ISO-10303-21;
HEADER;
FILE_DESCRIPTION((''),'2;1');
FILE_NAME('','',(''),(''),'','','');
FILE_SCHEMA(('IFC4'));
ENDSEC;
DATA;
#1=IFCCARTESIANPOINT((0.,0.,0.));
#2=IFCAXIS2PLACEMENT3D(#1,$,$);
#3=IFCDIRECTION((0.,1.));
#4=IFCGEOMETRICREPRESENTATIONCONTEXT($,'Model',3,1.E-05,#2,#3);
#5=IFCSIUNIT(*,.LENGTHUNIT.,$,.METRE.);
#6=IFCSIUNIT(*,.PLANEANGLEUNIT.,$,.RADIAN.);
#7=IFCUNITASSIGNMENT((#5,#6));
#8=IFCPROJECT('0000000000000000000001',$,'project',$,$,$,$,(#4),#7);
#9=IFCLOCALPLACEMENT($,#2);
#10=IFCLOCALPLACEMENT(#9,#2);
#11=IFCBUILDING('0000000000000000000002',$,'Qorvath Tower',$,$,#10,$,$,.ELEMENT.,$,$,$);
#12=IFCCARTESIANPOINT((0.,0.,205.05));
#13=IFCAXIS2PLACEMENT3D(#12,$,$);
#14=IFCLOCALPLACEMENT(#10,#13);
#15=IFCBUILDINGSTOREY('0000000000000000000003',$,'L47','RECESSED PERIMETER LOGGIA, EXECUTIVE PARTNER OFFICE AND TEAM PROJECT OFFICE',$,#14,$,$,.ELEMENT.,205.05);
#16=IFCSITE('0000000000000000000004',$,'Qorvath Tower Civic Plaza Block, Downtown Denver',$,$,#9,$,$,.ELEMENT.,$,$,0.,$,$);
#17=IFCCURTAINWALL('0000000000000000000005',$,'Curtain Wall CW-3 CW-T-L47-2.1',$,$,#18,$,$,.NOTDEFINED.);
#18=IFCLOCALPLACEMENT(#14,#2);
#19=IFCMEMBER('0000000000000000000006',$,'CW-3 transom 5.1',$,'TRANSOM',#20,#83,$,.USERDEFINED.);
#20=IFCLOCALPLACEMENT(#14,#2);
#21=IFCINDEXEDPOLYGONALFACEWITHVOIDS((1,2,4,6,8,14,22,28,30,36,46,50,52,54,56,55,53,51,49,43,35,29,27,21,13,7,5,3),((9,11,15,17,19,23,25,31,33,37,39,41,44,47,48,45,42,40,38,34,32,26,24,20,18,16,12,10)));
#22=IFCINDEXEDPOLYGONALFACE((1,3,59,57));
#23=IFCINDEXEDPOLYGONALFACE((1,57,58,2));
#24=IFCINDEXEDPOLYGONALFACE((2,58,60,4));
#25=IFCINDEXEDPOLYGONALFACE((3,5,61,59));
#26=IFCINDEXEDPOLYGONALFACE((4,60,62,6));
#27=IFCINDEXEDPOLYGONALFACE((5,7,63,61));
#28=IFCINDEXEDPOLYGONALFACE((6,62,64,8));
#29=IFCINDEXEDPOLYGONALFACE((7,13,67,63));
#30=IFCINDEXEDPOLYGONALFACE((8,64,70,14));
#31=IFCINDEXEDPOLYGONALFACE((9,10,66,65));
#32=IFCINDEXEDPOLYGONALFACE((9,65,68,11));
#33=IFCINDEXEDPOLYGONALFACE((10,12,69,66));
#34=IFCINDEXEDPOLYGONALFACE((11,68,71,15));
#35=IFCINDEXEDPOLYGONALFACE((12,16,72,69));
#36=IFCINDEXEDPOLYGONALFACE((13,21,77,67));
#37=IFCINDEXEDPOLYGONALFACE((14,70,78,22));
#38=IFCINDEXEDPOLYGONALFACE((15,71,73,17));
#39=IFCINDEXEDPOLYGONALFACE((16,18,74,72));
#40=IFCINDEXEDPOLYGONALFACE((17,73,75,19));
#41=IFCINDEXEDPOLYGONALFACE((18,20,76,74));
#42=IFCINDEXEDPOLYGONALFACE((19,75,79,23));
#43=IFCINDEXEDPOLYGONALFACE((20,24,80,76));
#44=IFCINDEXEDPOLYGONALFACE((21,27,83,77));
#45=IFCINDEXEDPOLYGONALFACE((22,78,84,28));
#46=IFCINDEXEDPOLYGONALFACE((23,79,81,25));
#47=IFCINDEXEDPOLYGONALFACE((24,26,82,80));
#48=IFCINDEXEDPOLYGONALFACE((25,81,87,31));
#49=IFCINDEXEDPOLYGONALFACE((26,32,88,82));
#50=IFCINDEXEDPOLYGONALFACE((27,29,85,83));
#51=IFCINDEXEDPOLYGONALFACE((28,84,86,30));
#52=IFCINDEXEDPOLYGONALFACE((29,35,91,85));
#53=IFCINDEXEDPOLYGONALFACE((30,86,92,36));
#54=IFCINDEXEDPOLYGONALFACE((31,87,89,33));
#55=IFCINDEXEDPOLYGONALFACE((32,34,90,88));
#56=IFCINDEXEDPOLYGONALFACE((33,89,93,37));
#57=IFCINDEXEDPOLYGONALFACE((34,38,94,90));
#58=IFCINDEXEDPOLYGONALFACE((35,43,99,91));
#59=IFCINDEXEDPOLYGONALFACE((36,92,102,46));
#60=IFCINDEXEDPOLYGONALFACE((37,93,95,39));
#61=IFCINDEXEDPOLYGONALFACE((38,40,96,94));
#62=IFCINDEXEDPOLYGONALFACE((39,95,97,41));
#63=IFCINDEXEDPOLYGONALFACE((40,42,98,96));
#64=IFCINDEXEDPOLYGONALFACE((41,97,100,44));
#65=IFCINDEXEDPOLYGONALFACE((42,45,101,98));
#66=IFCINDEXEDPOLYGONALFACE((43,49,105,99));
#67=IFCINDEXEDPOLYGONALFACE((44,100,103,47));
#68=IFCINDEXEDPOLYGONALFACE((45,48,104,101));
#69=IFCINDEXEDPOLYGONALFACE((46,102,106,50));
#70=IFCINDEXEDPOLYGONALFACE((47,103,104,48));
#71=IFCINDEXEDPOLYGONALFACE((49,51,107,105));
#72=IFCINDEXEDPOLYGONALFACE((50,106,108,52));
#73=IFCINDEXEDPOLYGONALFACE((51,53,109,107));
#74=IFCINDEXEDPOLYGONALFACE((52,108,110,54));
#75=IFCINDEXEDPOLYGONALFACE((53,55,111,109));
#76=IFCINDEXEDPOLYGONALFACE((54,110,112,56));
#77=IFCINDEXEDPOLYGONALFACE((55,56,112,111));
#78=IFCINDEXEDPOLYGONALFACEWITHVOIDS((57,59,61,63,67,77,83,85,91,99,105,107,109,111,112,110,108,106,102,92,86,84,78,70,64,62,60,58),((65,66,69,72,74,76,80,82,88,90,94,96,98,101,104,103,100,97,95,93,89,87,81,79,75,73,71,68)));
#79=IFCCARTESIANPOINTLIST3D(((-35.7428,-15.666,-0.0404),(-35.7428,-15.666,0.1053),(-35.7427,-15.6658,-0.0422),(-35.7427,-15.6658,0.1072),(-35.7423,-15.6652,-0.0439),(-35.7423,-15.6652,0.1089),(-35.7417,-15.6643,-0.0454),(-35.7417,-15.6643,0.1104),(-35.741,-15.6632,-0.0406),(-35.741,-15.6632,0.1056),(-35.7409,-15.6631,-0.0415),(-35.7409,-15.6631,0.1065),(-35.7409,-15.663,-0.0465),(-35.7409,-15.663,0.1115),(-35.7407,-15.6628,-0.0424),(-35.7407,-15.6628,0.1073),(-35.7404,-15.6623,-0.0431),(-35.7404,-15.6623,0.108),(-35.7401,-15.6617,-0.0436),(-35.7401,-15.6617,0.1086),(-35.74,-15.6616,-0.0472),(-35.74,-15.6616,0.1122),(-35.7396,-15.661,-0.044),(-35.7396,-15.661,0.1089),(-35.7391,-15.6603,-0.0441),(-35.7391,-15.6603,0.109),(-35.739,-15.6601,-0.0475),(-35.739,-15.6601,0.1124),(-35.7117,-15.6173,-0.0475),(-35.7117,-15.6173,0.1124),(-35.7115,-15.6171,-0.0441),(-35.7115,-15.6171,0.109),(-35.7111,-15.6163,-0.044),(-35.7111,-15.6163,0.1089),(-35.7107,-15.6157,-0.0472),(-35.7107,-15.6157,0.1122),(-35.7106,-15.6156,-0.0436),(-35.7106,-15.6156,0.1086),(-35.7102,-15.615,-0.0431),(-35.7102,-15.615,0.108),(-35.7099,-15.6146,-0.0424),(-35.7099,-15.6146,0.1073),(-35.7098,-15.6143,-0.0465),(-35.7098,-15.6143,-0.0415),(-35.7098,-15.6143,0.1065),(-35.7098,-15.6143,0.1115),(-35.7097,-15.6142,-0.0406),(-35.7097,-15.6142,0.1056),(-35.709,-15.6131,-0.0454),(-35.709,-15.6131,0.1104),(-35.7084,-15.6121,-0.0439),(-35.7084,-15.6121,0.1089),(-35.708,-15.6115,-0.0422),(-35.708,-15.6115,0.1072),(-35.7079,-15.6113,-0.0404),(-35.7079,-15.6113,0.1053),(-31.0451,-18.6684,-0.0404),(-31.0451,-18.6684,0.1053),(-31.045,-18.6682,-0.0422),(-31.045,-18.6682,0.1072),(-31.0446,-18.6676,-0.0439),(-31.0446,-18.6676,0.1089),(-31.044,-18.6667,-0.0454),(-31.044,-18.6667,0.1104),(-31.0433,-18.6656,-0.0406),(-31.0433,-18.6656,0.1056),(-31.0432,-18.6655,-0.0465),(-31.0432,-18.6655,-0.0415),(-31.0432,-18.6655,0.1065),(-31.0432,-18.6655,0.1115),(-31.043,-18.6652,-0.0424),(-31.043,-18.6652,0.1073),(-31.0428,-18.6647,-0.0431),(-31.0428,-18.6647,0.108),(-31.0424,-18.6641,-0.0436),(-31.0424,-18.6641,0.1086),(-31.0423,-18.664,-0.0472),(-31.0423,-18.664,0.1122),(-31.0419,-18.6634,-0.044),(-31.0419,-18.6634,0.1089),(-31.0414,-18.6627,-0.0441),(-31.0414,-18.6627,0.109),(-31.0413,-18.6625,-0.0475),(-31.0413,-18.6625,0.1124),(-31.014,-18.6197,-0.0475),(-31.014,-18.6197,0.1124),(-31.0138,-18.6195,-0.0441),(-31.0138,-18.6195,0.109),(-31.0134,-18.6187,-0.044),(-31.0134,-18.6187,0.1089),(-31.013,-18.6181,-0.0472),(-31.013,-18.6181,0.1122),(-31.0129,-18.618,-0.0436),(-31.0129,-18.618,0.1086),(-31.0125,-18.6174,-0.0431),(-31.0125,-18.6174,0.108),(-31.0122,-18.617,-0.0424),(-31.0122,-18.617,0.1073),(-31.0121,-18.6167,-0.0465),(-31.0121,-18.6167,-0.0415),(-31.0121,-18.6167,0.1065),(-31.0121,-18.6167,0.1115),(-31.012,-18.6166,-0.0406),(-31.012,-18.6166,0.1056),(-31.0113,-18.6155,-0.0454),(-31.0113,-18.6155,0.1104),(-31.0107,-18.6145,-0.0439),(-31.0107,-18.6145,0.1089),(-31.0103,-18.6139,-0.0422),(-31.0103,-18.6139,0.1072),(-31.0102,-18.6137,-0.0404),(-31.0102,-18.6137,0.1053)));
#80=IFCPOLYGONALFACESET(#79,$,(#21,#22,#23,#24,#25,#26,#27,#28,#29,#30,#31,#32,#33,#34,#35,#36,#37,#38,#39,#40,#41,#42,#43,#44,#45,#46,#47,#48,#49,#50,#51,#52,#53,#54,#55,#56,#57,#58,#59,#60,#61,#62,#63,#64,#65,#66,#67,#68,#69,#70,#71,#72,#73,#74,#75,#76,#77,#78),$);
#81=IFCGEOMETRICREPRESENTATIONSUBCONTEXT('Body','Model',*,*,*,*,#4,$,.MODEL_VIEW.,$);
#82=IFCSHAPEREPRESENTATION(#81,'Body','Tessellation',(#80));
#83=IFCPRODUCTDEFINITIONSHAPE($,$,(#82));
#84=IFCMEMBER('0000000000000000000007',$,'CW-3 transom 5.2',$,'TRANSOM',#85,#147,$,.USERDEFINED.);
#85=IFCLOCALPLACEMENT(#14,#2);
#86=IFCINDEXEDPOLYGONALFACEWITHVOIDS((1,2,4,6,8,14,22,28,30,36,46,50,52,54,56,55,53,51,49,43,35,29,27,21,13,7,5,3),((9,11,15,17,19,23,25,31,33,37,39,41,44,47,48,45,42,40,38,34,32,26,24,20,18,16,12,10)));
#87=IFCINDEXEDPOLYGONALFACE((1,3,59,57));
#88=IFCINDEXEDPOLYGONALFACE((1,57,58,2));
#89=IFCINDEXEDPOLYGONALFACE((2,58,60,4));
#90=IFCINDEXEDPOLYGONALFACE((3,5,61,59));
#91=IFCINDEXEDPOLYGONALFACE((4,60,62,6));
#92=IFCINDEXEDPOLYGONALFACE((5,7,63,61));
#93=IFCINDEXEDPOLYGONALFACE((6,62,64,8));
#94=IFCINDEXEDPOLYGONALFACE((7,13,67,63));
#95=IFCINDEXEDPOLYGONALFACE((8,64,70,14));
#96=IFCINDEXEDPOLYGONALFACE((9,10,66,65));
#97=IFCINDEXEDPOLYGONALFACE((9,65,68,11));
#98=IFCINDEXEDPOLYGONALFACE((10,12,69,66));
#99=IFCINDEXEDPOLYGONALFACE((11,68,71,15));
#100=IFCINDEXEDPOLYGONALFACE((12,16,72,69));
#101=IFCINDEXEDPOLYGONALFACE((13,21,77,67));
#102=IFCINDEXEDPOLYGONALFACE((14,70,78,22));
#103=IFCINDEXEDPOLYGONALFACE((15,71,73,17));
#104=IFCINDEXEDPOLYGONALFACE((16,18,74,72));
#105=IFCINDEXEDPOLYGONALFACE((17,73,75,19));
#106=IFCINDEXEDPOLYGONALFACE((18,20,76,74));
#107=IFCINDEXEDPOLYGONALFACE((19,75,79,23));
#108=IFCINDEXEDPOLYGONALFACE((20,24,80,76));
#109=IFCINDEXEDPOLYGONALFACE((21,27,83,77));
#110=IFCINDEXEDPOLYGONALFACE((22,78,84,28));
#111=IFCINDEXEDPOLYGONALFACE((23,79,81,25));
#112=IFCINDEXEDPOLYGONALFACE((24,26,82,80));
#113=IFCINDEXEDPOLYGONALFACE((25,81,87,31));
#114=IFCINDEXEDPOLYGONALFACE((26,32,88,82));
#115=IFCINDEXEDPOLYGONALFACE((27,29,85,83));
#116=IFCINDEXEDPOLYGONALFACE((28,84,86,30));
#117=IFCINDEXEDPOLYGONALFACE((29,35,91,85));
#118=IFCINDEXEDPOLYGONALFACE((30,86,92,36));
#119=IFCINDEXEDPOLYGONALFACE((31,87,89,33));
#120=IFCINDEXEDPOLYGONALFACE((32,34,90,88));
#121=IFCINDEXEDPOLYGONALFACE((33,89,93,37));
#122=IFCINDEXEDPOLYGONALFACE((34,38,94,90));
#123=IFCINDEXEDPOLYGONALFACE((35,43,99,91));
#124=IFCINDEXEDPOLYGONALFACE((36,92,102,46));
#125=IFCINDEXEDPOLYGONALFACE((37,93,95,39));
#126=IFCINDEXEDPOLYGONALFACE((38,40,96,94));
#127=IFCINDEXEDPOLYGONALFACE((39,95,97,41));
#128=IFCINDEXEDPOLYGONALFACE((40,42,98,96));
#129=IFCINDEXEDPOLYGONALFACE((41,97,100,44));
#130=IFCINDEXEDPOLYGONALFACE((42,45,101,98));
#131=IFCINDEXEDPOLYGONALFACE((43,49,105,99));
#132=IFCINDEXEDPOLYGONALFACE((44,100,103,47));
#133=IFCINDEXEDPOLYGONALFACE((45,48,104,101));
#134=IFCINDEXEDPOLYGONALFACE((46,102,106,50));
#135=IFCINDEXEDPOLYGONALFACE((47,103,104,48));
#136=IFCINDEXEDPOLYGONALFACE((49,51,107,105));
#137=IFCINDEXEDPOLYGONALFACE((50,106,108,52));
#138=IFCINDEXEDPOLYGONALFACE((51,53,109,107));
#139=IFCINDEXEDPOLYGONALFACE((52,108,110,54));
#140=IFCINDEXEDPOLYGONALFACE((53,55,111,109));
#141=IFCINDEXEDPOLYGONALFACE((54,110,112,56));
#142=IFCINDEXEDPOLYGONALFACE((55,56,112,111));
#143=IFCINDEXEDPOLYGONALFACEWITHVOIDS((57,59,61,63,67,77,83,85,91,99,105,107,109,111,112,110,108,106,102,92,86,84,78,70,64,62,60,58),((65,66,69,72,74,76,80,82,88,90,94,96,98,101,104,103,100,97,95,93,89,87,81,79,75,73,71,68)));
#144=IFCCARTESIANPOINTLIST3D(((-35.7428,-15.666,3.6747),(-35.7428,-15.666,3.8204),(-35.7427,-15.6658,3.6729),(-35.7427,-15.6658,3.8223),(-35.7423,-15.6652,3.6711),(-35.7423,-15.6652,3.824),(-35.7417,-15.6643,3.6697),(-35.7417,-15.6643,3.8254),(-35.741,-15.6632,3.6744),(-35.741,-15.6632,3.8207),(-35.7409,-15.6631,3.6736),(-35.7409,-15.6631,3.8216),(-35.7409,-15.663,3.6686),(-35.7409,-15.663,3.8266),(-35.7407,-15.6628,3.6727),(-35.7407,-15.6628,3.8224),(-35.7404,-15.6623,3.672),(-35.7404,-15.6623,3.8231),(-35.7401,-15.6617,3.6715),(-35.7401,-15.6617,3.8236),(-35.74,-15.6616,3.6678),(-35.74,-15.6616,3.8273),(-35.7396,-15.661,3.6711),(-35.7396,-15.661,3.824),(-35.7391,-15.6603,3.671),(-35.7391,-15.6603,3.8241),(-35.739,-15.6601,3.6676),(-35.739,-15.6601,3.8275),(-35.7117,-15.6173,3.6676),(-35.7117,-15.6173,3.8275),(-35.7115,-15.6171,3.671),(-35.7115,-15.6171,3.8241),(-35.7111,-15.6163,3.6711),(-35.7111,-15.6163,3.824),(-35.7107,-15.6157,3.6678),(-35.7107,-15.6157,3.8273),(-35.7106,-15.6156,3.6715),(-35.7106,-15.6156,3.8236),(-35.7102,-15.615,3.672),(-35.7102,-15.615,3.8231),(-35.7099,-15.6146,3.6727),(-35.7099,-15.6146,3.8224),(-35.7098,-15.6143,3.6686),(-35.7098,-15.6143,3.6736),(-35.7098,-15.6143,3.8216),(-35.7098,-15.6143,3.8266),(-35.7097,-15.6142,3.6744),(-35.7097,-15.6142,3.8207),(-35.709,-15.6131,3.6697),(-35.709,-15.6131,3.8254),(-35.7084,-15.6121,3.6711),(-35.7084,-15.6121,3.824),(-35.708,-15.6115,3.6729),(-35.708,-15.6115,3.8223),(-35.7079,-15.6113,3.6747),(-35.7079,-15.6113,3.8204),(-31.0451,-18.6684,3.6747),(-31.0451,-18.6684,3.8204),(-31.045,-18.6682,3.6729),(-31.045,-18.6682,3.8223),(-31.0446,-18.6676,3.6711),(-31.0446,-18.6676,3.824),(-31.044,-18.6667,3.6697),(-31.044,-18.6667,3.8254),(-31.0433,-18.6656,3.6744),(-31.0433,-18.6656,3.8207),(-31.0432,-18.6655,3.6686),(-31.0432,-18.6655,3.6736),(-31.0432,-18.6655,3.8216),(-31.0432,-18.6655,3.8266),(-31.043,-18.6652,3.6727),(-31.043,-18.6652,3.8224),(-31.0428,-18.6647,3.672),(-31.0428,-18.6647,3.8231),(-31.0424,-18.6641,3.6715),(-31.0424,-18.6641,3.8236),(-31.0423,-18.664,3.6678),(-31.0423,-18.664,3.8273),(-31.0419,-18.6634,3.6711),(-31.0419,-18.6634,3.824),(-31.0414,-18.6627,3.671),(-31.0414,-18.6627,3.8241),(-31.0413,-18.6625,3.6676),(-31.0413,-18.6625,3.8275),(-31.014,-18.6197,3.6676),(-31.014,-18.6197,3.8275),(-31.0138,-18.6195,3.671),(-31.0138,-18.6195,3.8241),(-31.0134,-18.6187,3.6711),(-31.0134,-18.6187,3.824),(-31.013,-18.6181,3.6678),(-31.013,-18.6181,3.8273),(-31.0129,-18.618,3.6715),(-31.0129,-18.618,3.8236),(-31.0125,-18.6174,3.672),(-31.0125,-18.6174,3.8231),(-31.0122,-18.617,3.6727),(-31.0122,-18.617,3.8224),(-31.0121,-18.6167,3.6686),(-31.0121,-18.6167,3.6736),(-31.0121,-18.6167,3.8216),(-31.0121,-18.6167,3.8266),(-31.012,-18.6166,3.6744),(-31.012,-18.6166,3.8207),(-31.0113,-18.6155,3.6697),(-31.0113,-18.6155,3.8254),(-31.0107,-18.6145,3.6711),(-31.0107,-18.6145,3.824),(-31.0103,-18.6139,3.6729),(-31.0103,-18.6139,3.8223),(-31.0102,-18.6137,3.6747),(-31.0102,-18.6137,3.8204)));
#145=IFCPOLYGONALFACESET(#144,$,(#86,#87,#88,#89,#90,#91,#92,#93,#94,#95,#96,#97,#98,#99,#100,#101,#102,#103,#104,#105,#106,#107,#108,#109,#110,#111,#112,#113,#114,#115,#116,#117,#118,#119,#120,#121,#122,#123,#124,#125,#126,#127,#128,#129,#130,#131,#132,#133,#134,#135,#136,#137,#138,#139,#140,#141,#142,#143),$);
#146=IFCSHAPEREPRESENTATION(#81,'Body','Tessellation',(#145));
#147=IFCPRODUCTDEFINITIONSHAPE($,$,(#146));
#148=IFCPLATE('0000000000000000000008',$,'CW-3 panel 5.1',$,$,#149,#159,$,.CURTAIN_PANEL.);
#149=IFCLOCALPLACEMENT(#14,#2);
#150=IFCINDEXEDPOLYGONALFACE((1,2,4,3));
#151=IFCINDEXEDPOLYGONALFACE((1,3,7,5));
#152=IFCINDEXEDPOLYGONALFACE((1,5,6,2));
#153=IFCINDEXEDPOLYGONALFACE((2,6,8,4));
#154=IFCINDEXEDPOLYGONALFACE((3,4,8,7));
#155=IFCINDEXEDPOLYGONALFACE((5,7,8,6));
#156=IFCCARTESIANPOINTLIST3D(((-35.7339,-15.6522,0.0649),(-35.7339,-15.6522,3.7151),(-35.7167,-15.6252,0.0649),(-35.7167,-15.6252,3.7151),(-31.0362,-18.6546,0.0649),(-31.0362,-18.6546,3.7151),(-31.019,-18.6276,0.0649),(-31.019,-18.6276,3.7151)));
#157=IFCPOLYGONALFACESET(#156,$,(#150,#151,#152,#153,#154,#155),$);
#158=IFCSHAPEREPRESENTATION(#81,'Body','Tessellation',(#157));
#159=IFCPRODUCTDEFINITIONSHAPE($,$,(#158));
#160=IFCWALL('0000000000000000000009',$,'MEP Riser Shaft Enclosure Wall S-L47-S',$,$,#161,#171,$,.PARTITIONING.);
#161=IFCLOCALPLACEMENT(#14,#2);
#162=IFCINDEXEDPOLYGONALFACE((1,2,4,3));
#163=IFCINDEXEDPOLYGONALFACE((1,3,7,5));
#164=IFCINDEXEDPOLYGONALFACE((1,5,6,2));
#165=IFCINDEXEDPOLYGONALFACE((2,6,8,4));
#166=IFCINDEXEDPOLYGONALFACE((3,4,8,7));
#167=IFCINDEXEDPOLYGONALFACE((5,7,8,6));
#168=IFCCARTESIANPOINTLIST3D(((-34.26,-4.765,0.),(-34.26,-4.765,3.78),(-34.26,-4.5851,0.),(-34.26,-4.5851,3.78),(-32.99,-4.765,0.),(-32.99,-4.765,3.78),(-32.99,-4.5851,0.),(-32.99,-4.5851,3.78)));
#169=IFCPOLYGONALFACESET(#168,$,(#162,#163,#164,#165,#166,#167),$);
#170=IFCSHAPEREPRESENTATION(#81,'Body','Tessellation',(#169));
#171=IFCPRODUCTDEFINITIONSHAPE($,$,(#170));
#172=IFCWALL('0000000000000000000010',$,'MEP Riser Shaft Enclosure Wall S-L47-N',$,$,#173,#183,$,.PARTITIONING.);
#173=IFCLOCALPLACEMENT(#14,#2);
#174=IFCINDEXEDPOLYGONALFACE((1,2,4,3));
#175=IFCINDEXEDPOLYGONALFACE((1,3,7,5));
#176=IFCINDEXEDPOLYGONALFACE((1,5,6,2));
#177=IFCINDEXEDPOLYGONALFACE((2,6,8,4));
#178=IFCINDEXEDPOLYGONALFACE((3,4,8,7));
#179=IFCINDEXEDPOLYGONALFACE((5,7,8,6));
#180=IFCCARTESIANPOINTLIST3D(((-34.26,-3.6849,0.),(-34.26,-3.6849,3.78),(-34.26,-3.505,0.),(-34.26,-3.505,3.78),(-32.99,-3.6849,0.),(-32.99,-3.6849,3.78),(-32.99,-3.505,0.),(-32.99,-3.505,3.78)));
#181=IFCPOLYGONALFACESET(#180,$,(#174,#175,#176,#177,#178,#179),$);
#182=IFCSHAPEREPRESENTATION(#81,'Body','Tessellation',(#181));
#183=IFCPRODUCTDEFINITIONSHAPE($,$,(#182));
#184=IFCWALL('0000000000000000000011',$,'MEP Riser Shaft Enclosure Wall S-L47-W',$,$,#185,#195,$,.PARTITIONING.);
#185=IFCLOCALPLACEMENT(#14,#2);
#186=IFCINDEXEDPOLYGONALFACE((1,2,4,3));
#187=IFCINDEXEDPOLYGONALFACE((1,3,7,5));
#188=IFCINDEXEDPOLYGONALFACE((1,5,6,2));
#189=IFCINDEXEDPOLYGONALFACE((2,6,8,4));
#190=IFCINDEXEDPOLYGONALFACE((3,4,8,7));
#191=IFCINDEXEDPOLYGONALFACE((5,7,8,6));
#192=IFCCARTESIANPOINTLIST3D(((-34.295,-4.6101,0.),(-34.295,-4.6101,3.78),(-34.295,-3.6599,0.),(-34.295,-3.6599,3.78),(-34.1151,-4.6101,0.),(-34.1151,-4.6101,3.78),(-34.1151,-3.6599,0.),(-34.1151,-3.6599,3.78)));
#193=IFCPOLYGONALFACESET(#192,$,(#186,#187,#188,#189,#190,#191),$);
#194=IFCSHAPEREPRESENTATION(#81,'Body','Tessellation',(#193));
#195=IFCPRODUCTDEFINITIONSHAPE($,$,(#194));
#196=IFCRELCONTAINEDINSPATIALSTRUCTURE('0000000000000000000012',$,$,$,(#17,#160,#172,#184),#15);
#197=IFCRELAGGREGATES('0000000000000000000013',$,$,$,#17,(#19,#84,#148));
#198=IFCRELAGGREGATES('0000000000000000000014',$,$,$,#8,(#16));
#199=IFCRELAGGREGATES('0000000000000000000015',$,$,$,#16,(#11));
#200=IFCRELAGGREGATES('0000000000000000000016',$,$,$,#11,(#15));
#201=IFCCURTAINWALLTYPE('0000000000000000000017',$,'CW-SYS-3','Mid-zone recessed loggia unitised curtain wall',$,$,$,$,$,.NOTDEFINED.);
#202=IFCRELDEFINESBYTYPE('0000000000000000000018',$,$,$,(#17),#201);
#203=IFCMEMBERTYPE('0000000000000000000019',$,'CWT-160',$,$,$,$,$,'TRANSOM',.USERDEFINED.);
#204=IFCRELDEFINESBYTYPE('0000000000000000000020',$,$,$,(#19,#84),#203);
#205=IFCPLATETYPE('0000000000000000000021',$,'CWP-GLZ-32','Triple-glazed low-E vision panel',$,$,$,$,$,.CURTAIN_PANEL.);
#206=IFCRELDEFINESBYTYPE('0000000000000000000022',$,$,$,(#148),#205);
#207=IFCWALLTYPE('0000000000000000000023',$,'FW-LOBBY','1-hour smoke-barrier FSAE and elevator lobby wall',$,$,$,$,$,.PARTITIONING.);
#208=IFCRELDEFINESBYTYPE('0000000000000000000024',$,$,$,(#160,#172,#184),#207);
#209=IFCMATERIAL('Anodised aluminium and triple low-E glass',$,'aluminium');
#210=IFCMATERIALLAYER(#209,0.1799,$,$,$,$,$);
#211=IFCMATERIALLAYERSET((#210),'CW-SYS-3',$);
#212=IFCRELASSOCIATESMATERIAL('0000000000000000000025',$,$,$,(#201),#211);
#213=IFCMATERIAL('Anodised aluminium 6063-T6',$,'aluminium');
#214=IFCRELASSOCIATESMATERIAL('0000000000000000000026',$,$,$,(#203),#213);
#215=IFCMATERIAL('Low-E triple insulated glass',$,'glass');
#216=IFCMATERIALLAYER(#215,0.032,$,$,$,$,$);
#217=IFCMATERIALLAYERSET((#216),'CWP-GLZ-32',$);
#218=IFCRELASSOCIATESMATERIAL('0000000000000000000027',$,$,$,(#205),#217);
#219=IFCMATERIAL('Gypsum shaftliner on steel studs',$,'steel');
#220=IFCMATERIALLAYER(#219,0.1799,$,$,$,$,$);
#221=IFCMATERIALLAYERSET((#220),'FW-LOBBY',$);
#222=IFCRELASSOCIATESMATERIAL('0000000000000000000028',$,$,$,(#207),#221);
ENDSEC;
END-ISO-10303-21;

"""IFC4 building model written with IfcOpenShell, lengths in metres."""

from ifc_helpers import new_model, si_unit, direction, frame, frame_2d, origin, origin_2d, place, context, subcontext, project, spatial, rectangle, hollow_rectangle, extrude, material, layer, layer_set, material_profile, profile_set, type_object, element, aggregate, save


model = new_model("IFC4")

# Units and contexts
model_context = context("Model", 3, precision=1e-05, world=origin(), true_north=direction((0.0, 1.0)))
body_context = subcontext(model_context, "Body", "Model", "MODEL_VIEW")
ifc_project = project(units=[si_unit("LENGTHUNIT", "METRE"), si_unit("PLANEANGLEUNIT", "RADIAN")], contexts=[model_context])

# Site, building, storey
site_placement = place(None, origin())
site = spatial("IfcSite", under=ifc_project, at=site_placement, Name="Qorvath Tower Civic Plaza Block, Downtown Denver", CompositionType="ELEMENT", RefElevation=0.0)
building_placement = place(site_placement, origin())
building = spatial("IfcBuilding", under=site, at=building_placement, Name="Qorvath Tower", CompositionType="ELEMENT")
storey_placement = place(building_placement, frame((0.0, 0.0, 205.05)))
storey = spatial("IfcBuildingStorey", under=building, at=storey_placement, Name="L47", Description="RECESSED PERIMETER LOGGIA, EXECUTIVE PARTNER OFFICE AND TEAM PROJECT OFFICE", CompositionType="ELEMENT", Elevation=205.05)

# Curtain wall, members, plate
ifc_material_1 = material(Name="Anodised aluminium and triple low-E glass", Category="aluminium")
ifc_layer_1 = layer(ifc_material_1, 0.1799)
ifc_layer_set_1 = layer_set([ifc_layer_1], Name="CW-SYS-3")
curtain_wall_type = type_object("IfcCurtainWallType", Name="CW-SYS-3", Description="Mid-zone recessed loggia unitised curtain wall", PredefinedType="NOTDEFINED", material=ifc_layer_set_1)
curtain_wall_placement = place(storey_placement, origin())
curtain_wall = element("IfcCurtainWall", 1, at=curtain_wall_placement, inside=storey, type_object=curtain_wall_type, Name="Curtain Wall CW-3 CW-T-L47-2.1", PredefinedType="NOTDEFINED")
ifc_material_2 = material(Name="Anodised aluminium 6063-T6", Category="aluminium")
ifc_material_profile_1 = material_profile(ifc_material_2, hollow_rectangle(XDim=0.0649, YDim=0.1599, WallThickness=0.0034, InnerFilletRadius=0.0034, OuterFilletRadius=0.0071, at=origin_2d()), Name="CWT 160x65")
ifc_profile_set_1 = profile_set([ifc_material_profile_1], Name="Anodised aluminium 6063-T6")
member_type_1 = type_object("IfcMemberType", Name="CWT-160", ElementType="TRANSOM", PredefinedType="USERDEFINED", material=ifc_profile_set_1)
member_1_placement = place(storey_placement, frame((-35.7253, -15.6387, 0.0325), z_axis=(0.842607, -0.538529, 0.0), x_axis=(0.538529, 0.842607, 0.0)))
member_1 = element("IfcMember", 2, at=member_1_placement, type_object=member_type_1, Name="CW-3 transom 5.1", ObjectType="TRANSOM", PredefinedType="USERDEFINED", context=body_context, shape_type="SweptSolid", body=[
    extrude(hollow_rectangle(XDim=0.0649, YDim=0.1599, WallThickness=0.0034, InnerFilletRadius=0.0034, OuterFilletRadius=0.0071, at=origin_2d()), origin(), (0.0, 0.0, 1.0), 5.5752),
])
member_2_placement = place(storey_placement, frame((-35.7253, -15.6387, 3.7476), z_axis=(0.842607, -0.538529, 0.0), x_axis=(0.538529, 0.842607, 0.0)))
member_2 = element("IfcMember", 3, at=member_2_placement, type_object=member_type_1, Name="CW-3 transom 5.2", ObjectType="TRANSOM", PredefinedType="USERDEFINED", context=body_context, shape_type="SweptSolid", body=[
    extrude(hollow_rectangle(XDim=0.0649, YDim=0.1599, WallThickness=0.0034, InnerFilletRadius=0.0034, OuterFilletRadius=0.0071, at=origin_2d()), origin(), (0.0, 0.0, 1.0), 5.5752),
])
ifc_material_3 = material(Name="Low-E triple insulated glass", Category="glass")
ifc_layer_2 = layer(ifc_material_3, 0.032)
ifc_layer_set_2 = layer_set([ifc_layer_2], Name="CWP-GLZ-32")
plate_type = type_object("IfcPlateType", Name="CWP-GLZ-32", Description="Triple-glazed low-E vision panel", PredefinedType="CURTAIN_PANEL", material=ifc_layer_set_2)
plate_placement = place(storey_placement, frame((-33.3765, -17.1399, 0.0649), z_axis=(0.0, 0.0, 1.0), x_axis=(0.842604, -0.538534, 0.0)))
plate = element("IfcPlate", 4, at=plate_placement, type_object=plate_type, Name="CW-3 panel 5.1", PredefinedType="CURTAIN_PANEL", context=body_context, shape_type="SweptSolid", body=[
    extrude(rectangle(XDim=5.5752, YDim=0.032, at=origin_2d()), origin(), (0.0, 0.0, 1.0), 3.6501),
])
aggregate(curtain_wall, [member_1, member_2, plate])

# Walls
ifc_material_4 = material(Name="Gypsum shaftliner on steel studs", Category="steel")
ifc_layer_3 = layer(ifc_material_4, 0.1799)
ifc_layer_set_3 = layer_set([ifc_layer_3], Name="FW-LOBBY")
wall_type_1 = type_object("IfcWallType", Name="FW-LOBBY", Description="1-hour smoke-barrier FSAE and elevator lobby wall", PredefinedType="PARTITIONING", material=ifc_layer_set_3)
for number, where, z_axis, x_axis, name in (
    (5, (-32.99, -4.675, 0.0), (0.0, 0.0, 1.0), (-1.0, 0.0, 0.0), "MEP Riser Shaft Enclosure Wall S-L47-S"),
    (6, (-34.26, -3.595, 0.0), (0.0, 0.0, 1.0), (1.0, 0.0, 0.0), "MEP Riser Shaft Enclosure Wall S-L47-N"),
):
    element("IfcWall", number, at=place(storey_placement, frame(where, z_axis=z_axis, x_axis=x_axis)), inside=storey, type_object=wall_type_1, Name=name, PredefinedType="PARTITIONING", context=body_context, shape_type="SweptSolid", body=[
        extrude(rectangle(XDim=1.27, YDim=0.1799, at=frame_2d((0.635, 0.0))), origin(), (0.0, 0.0, 1.0), 3.78),
    ])
for number, where, z_axis, x_axis, name in (
    (7, (-34.2051, -4.6101, 0.0), (0.0, 0.0, 1.0), (0.0, 1.0, 0.0), "MEP Riser Shaft Enclosure Wall S-L47-W"),
):
    element("IfcWall", number, at=place(storey_placement, frame(where, z_axis=z_axis, x_axis=x_axis)), inside=storey, type_object=wall_type_1, Name=name, PredefinedType="PARTITIONING", context=body_context, shape_type="SweptSolid", body=[
        extrude(rectangle(XDim=0.9502, YDim=0.1799, at=frame_2d((0.4751, 0.0))), origin(), (0.0, 0.0, 1.0), 3.78),
    ])

save(model, "model.ifc")
